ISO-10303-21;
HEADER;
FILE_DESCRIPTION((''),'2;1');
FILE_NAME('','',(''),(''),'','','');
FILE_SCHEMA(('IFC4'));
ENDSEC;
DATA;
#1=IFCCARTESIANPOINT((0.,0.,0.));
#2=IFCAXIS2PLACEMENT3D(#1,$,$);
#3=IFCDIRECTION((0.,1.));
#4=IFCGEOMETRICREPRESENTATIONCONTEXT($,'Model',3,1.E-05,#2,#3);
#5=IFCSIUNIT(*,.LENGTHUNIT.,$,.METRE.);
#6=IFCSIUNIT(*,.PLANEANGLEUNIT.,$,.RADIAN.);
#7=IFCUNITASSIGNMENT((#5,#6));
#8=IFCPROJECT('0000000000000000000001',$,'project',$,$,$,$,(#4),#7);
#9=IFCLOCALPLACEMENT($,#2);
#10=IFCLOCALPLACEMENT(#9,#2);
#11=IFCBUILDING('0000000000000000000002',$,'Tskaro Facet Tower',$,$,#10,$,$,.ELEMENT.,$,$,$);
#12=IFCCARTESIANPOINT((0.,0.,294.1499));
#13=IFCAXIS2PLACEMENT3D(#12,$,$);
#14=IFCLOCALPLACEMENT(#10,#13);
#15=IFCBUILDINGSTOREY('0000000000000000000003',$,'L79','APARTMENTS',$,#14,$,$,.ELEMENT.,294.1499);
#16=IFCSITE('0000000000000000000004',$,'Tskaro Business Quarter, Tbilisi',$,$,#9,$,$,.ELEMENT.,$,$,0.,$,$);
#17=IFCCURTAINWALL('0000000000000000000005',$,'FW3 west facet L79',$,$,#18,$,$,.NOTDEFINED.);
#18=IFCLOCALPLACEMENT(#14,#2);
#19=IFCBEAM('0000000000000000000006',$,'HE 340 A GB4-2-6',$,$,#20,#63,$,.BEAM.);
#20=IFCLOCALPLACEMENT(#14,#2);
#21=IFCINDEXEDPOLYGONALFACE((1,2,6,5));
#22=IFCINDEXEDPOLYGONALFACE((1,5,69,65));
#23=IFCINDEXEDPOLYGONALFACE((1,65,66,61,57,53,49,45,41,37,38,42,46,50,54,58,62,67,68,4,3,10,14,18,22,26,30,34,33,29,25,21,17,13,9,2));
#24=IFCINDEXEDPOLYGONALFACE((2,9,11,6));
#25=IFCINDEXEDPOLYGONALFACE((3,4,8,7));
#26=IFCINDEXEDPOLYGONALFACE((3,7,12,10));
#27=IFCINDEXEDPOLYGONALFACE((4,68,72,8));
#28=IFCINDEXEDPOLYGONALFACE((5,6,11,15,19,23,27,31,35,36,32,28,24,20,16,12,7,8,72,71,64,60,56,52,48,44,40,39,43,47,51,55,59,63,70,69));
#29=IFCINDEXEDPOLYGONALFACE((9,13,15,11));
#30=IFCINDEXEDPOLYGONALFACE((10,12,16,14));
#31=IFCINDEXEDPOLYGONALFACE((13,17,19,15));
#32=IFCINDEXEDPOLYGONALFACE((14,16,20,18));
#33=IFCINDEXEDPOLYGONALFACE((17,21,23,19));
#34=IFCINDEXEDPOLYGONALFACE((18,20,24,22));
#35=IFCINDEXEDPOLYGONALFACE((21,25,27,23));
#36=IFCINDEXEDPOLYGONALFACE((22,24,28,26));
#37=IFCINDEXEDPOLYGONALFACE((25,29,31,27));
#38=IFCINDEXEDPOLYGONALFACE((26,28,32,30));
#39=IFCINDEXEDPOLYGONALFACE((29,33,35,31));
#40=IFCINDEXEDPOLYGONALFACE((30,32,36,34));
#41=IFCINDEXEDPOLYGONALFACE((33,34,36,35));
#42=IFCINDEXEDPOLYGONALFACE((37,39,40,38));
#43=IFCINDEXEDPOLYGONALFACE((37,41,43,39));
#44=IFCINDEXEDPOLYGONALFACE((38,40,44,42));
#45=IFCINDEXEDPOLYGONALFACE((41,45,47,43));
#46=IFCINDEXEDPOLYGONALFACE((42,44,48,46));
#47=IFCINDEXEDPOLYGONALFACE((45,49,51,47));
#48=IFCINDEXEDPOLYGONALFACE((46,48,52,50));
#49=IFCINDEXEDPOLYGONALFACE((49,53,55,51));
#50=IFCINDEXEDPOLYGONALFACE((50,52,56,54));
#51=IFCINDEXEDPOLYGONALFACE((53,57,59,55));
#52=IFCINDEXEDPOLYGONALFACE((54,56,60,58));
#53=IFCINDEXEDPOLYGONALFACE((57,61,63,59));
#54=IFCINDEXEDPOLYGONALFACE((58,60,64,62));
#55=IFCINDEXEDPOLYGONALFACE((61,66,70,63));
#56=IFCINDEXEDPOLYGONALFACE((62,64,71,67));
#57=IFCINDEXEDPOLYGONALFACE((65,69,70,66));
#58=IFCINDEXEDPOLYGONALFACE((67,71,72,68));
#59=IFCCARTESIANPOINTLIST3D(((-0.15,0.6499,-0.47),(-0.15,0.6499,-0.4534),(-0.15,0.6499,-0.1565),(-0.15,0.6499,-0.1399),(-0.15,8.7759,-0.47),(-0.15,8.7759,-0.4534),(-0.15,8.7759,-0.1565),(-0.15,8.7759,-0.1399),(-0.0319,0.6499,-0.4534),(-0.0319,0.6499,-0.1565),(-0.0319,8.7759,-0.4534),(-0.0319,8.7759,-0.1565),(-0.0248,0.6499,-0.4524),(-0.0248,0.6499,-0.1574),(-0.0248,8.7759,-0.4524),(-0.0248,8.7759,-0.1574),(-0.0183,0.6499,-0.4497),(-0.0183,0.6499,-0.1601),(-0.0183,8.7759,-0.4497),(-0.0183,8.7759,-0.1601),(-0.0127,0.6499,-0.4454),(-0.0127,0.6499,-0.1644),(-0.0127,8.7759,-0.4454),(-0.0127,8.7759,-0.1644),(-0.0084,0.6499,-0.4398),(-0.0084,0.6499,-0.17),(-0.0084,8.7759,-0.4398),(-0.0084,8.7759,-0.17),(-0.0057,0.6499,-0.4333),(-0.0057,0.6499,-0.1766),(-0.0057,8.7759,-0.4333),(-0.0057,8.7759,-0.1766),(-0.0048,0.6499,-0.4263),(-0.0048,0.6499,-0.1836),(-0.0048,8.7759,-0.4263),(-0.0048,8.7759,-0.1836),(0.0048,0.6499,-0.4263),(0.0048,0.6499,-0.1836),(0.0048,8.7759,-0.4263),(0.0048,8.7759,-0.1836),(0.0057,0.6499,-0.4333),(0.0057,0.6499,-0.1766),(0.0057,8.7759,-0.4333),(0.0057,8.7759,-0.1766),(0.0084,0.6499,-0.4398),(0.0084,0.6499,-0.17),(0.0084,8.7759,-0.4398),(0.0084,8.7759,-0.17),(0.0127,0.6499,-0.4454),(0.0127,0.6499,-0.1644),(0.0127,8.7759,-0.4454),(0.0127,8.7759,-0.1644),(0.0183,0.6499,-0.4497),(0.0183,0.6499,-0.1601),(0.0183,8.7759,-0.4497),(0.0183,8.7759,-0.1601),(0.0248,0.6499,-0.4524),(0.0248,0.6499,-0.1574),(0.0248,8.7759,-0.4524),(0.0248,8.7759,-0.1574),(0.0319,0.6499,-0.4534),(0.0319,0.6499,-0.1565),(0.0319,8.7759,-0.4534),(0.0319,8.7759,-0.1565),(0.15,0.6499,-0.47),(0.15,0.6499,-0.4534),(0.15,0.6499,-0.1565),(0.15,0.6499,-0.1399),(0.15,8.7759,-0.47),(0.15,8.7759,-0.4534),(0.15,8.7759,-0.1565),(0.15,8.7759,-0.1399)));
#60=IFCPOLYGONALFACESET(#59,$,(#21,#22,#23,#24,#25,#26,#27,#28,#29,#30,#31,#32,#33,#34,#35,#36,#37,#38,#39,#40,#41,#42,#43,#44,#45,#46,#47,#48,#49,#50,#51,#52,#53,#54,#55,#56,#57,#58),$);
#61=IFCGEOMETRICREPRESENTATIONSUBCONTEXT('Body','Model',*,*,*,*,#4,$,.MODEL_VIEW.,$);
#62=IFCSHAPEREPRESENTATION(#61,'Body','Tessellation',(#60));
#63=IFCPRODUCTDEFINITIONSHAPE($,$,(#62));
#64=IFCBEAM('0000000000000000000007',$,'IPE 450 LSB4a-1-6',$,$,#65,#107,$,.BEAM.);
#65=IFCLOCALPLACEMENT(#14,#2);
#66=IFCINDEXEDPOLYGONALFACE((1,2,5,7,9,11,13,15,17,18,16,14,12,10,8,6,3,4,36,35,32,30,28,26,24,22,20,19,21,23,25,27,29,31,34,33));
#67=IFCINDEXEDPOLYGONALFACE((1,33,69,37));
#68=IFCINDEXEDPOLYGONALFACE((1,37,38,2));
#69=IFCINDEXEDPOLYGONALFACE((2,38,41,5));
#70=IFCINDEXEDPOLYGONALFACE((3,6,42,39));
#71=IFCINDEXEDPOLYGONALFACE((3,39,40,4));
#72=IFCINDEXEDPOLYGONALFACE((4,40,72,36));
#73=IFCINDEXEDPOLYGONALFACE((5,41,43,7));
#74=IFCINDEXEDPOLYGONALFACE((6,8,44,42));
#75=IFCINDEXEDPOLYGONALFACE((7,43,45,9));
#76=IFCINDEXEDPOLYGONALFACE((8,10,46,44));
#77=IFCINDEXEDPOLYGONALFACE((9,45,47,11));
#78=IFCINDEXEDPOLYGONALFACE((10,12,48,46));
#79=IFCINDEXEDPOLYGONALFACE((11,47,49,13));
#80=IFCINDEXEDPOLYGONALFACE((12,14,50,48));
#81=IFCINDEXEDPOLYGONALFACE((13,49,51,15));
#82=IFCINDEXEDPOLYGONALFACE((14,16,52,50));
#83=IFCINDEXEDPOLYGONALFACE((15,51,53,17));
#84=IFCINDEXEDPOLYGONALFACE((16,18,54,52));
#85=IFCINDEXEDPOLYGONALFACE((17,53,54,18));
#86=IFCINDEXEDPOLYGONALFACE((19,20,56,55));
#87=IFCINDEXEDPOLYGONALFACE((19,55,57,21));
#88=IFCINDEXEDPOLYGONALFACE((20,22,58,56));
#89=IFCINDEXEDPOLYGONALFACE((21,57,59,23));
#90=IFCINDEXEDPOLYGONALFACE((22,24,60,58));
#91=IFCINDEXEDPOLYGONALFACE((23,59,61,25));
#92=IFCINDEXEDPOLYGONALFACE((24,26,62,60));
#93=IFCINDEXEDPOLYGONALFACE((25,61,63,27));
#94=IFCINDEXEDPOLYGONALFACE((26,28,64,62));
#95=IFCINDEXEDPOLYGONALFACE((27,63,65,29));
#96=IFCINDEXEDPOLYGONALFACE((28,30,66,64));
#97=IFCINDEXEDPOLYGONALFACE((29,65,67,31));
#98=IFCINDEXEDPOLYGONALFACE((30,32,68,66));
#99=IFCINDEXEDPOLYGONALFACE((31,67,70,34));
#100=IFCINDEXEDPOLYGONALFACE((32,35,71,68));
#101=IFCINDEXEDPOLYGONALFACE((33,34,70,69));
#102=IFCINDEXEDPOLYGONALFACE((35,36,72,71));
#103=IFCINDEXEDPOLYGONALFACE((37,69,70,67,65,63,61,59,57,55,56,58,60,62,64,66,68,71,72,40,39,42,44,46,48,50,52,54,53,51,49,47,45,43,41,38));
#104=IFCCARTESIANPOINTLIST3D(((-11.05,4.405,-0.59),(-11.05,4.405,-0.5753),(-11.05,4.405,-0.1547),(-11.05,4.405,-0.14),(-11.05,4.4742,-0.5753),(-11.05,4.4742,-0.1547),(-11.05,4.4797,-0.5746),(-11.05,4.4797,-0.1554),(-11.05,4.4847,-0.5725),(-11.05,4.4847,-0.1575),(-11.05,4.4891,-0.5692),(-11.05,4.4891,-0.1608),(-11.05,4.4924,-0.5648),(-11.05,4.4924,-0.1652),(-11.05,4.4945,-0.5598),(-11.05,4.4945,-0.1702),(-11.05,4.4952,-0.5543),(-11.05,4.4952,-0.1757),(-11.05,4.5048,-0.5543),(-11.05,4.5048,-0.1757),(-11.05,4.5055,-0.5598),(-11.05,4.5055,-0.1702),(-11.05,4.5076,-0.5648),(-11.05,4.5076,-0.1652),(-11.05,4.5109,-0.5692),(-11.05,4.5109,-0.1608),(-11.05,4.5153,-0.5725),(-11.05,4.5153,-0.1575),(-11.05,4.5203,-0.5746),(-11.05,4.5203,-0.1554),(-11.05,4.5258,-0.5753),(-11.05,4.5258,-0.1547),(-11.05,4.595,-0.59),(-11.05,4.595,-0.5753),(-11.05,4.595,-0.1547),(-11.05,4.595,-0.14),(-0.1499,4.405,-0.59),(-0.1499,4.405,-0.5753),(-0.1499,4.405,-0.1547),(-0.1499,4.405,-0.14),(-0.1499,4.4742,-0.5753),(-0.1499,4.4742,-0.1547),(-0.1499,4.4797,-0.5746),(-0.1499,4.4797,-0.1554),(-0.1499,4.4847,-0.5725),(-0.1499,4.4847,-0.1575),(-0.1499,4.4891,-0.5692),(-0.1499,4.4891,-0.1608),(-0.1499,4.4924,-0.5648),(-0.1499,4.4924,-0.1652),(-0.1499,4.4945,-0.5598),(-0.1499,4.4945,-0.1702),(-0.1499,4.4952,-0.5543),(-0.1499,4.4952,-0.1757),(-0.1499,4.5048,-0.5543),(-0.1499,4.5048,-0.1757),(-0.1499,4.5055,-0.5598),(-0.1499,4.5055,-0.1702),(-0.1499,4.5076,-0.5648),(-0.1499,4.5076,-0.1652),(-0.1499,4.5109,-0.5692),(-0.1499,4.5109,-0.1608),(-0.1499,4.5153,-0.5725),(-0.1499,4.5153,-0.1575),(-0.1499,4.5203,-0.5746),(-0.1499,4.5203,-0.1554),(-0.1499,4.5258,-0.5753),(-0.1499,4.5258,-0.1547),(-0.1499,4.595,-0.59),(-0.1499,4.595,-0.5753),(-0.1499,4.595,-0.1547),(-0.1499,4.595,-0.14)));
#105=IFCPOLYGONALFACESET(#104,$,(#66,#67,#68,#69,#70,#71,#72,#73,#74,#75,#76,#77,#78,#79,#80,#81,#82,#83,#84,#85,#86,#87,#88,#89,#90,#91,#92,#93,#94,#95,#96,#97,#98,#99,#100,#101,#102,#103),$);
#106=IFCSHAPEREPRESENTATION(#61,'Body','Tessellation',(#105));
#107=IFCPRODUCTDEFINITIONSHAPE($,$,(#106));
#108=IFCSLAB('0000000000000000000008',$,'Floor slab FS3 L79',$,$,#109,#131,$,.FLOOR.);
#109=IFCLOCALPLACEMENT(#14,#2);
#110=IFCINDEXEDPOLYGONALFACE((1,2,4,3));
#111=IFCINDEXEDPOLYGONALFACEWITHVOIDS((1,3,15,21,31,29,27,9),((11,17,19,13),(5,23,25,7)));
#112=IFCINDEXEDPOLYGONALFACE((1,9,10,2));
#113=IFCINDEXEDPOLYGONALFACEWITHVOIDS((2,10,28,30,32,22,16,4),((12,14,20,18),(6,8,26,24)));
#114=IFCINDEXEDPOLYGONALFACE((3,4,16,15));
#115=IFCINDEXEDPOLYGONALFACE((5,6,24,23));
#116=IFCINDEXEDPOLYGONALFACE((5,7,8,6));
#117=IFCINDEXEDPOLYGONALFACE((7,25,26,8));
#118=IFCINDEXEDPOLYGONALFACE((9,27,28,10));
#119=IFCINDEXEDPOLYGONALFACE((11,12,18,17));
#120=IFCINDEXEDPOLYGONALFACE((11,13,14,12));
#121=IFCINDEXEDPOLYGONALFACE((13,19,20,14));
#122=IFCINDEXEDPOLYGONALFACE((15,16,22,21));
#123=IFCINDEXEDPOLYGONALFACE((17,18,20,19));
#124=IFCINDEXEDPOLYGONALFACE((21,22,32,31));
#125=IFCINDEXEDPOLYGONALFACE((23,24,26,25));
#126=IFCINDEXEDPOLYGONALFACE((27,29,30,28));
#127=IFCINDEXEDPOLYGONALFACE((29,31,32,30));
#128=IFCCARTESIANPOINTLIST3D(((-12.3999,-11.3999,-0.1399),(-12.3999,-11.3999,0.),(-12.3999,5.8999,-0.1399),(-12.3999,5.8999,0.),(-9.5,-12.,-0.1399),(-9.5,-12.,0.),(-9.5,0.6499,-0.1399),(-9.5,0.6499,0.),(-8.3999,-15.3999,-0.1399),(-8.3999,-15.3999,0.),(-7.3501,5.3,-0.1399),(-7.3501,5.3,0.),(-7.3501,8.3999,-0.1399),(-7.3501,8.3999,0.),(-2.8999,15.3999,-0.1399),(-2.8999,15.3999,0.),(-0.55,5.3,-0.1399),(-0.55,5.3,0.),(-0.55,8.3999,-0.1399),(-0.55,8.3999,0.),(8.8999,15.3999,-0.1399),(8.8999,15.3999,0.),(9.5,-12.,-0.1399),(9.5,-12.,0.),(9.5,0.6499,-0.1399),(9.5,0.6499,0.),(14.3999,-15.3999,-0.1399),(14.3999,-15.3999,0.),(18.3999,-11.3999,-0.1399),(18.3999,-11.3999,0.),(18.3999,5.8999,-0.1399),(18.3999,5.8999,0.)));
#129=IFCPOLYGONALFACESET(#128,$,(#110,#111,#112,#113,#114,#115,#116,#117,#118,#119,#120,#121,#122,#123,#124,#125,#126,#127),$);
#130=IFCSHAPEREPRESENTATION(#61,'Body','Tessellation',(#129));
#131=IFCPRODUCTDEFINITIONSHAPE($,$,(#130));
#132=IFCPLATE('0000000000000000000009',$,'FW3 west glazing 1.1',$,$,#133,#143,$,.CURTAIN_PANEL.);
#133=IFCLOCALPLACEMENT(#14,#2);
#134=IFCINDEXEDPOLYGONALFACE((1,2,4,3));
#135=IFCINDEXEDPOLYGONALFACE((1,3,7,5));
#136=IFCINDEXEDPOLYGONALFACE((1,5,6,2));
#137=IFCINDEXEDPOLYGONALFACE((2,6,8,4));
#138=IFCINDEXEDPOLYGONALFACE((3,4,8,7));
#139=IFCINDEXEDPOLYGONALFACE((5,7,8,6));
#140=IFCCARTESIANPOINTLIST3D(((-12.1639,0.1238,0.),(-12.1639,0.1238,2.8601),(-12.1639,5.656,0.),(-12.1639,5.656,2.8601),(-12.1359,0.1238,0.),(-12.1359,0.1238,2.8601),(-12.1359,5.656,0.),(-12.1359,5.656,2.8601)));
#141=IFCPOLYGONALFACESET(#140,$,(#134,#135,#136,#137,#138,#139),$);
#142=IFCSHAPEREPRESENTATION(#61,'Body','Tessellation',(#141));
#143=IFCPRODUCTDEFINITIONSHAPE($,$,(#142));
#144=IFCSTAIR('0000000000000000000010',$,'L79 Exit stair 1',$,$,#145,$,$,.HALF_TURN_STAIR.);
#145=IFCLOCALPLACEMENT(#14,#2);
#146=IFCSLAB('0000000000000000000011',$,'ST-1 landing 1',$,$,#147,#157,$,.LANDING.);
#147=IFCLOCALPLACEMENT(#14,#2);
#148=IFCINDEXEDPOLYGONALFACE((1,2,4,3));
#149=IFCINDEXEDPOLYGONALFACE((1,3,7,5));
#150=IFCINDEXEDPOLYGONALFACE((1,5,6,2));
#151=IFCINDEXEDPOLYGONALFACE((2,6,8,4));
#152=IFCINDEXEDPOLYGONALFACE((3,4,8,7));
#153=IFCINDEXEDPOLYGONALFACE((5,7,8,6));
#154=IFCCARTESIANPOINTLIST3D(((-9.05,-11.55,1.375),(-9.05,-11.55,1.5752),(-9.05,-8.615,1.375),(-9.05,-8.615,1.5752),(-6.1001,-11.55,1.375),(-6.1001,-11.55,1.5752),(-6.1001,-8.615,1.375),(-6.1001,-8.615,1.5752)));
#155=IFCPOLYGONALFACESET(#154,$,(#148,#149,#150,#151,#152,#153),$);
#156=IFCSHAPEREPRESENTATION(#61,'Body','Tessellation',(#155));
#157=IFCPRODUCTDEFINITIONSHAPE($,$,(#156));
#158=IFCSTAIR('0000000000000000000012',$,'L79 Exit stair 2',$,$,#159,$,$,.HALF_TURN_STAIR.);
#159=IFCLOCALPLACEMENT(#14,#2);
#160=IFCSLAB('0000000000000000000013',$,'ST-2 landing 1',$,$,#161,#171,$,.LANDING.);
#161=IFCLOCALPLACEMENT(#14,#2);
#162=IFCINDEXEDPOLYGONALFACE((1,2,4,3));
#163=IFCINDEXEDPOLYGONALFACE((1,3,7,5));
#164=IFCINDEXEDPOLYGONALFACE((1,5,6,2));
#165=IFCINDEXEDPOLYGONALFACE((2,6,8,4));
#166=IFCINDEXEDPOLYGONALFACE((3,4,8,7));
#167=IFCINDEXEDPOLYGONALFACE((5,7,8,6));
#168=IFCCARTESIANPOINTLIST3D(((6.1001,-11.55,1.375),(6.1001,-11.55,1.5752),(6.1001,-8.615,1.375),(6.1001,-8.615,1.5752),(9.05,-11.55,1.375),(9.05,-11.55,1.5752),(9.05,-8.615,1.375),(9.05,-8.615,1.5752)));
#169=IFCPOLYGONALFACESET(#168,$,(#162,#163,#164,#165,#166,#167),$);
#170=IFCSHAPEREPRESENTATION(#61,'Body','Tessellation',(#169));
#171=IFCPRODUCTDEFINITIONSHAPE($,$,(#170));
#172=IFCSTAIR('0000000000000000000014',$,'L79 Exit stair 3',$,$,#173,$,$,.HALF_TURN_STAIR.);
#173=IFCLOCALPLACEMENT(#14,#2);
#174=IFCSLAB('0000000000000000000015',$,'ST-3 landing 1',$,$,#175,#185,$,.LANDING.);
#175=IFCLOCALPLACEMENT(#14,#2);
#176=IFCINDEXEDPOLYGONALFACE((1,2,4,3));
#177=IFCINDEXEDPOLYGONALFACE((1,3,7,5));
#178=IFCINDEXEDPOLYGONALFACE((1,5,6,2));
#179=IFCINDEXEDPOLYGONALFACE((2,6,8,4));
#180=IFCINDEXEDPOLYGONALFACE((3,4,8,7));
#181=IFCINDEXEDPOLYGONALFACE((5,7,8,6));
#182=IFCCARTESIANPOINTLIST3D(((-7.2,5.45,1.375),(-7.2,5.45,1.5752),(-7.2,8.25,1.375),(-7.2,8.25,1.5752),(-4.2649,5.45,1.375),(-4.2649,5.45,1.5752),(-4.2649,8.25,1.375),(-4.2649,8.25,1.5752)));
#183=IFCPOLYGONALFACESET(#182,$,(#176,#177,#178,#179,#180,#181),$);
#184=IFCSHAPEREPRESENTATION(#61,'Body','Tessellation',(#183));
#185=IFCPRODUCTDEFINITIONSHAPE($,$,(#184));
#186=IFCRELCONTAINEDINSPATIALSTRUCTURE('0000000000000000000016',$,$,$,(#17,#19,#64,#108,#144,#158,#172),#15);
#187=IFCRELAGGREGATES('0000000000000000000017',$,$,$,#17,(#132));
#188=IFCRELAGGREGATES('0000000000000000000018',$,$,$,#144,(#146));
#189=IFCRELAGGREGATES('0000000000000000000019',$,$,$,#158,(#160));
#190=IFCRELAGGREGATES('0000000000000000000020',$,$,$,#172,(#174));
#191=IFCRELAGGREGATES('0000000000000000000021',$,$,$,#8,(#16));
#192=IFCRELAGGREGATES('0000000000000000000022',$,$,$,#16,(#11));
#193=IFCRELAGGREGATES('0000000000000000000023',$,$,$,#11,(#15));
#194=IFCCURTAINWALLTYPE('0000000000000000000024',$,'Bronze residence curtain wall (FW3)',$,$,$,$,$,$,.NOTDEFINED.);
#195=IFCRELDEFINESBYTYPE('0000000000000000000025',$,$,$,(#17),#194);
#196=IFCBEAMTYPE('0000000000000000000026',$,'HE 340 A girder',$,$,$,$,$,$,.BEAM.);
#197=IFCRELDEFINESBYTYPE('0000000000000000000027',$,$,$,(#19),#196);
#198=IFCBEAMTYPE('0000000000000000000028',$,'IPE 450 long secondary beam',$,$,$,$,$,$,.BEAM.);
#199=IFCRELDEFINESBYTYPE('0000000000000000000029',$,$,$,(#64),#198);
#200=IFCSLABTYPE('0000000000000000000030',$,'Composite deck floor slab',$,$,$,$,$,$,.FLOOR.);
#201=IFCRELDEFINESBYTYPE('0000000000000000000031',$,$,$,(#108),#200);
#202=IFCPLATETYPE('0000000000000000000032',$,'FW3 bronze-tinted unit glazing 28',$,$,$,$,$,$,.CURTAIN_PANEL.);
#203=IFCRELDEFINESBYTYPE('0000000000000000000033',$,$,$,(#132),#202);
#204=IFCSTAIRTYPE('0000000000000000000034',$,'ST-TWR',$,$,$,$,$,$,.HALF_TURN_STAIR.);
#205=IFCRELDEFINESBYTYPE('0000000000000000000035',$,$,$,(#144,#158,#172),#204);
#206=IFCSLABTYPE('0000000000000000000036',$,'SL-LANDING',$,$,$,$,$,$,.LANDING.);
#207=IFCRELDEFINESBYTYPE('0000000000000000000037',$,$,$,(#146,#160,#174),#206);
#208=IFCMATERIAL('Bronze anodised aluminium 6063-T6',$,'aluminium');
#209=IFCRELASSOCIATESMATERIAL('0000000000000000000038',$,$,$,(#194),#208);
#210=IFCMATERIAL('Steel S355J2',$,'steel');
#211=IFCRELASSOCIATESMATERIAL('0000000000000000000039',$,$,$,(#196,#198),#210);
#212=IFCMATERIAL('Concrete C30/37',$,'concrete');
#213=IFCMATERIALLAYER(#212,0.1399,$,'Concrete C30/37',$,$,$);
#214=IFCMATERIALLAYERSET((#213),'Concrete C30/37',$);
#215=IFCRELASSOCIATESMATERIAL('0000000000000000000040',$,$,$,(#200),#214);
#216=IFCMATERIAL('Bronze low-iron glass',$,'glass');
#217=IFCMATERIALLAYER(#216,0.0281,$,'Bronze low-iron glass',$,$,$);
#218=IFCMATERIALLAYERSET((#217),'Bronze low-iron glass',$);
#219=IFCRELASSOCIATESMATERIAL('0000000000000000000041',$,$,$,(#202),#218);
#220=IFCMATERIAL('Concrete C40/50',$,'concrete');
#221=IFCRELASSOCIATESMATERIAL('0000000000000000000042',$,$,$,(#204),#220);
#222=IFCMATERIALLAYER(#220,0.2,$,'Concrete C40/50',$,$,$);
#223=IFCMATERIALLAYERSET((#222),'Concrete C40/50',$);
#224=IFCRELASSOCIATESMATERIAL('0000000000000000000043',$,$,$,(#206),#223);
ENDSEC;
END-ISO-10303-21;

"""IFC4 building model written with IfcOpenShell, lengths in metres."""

from ifc_helpers import new_model, si_unit, direction, frame, origin, origin_2d, place, context, subcontext, project, spatial, polyline, rectangle, i_section, outline, extrude, material, layer, layer_set, material_profile, profile_set, type_object, element, aggregate, save


model = new_model("IFC4")

# Units and contexts
model_context = context("Model", 3, precision=1e-05, world=origin(), true_north=direction((0.0, 1.0)))
body_context = subcontext(model_context, "Body", "Model", "MODEL_VIEW")
ifc_project = project(units=[si_unit("LENGTHUNIT", "METRE"), si_unit("PLANEANGLEUNIT", "RADIAN")], contexts=[model_context])

# Site, building, storey
site_placement = place(None, origin())
site = spatial("IfcSite", under=ifc_project, at=site_placement, Name="Tskaro Business Quarter, Tbilisi", CompositionType="ELEMENT", RefElevation=0.0)
building_placement = place(site_placement, origin())
building = spatial("IfcBuilding", under=site, at=building_placement, Name="Tskaro Facet Tower", CompositionType="ELEMENT")
storey_placement = place(building_placement, frame((0.0, 0.0, 294.1499)))
storey = spatial("IfcBuildingStorey", under=building, at=storey_placement, Name="L79", Description="APARTMENTS", CompositionType="ELEMENT", Elevation=294.1499)

# Curtain wall
ifc_material_1 = material(Name="Bronze anodised aluminium 6063-T6", Category="aluminium")
curtain_wall_type = type_object("IfcCurtainWallType", Name="Bronze residence curtain wall (FW3)", PredefinedType="NOTDEFINED", material=ifc_material_1)
curtain_wall_placement = place(storey_placement, origin())
curtain_wall = element("IfcCurtainWall", 1, at=curtain_wall_placement, inside=storey, type_object=curtain_wall_type, Name="FW3 west facet L79", PredefinedType="NOTDEFINED")

# Beams
ifc_material_2 = material(Name="Steel S355J2", Category="steel")
ifc_material_profile_1 = material_profile(ifc_material_2, i_section(OverallWidth=0.3, OverallDepth=0.3301, WebThickness=0.0095, FlangeThickness=0.0166, FilletRadius=0.0271, at=origin_2d()), Name="HE 340 A")
ifc_profile_set_1 = profile_set([ifc_material_profile_1], Name="Steel S355J2")
beam_type_1 = type_object("IfcBeamType", Name="HE 340 A girder", PredefinedType="BEAM", material=ifc_profile_set_1)
beam_1_placement = place(storey_placement, frame((0.0, 0.6499, -0.3049), z_axis=(0.0, 1.0, 0.0), x_axis=(-1.0, 0.0, 0.0)))
element("IfcBeam", 2, at=beam_1_placement, inside=storey, type_object=beam_type_1, Name="HE 340 A GB4-2-6", PredefinedType="BEAM", context=body_context, shape_type="SweptSolid", body=[
    extrude(i_section(OverallWidth=0.3, OverallDepth=0.3301, WebThickness=0.0095, FlangeThickness=0.0166, FilletRadius=0.0271, at=origin_2d()), origin(), (0.0, 0.0, 1.0), 8.126),
])
ifc_material_profile_2 = material_profile(ifc_material_2, i_section(OverallWidth=0.1899, OverallDepth=0.45, WebThickness=0.0095, FlangeThickness=0.0146, FilletRadius=0.021, at=origin_2d()), Name="IPE 450")
ifc_profile_set_2 = profile_set([ifc_material_profile_2], Name="Steel S355J2")
beam_type_2 = type_object("IfcBeamType", Name="IPE 450 long secondary beam", PredefinedType="BEAM", material=ifc_profile_set_2)
beam_2_placement = place(storey_placement, frame((-11.05, 4.5, -0.365), z_axis=(1.0, 0.0, 0.0), x_axis=(0.0, 1.0, 0.0)))
element("IfcBeam", 3, at=beam_2_placement, inside=storey, type_object=beam_type_2, Name="IPE 450 LSB4a-1-6", PredefinedType="BEAM", context=body_context, shape_type="SweptSolid", body=[
    extrude(i_section(OverallWidth=0.1899, OverallDepth=0.45, WebThickness=0.0095, FlangeThickness=0.0146, FilletRadius=0.021, at=origin_2d()), origin(), (0.0, 0.0, 1.0), 10.9001),
])

# Slab
ifc_material_3 = material(Name="Concrete C30/37", Category="concrete")
ifc_layer_1 = layer(ifc_material_3, 0.1399, Name="Concrete C30/37")
ifc_layer_set_1 = layer_set([ifc_layer_1], Name="Concrete C30/37")
slab_type_1 = type_object("IfcSlabType", Name="Composite deck floor slab", PredefinedType="FLOOR", material=ifc_layer_set_1)
slab_1_placement = place(storey_placement, frame((0.0, 0.0, -0.1399)))
element("IfcSlab", 4, at=slab_1_placement, inside=storey, type_object=slab_type_1, Name="Floor slab FS3 L79", PredefinedType="FLOOR", context=body_context, shape_type="SweptSolid", body=[
    extrude(outline(polyline([(-8.3999, -15.3999), (14.3999, -15.3999), (18.3999, -11.3999), (18.3999, 5.8999), (8.8999, 15.3999), (-2.8999, 15.3999), (-12.3999, 5.8999), (-12.3999, -11.3999), (-8.3999, -15.3999)]), holes=[polyline([(-9.5, -12.0), (9.5, -12.0), (9.5, 0.6499), (-9.5, 0.6499), (-9.5, -12.0)]), polyline([(-7.3501, 5.3), (-0.55, 5.3), (-0.55, 8.3999), (-7.3501, 8.3999), (-7.3501, 5.3)])]), origin(), (0.0, 0.0, 1.0), 0.1399),
])

# Plate
ifc_material_4 = material(Name="Bronze low-iron glass", Category="glass")
ifc_layer_2 = layer(ifc_material_4, 0.0281, Name="Bronze low-iron glass")
ifc_layer_set_2 = layer_set([ifc_layer_2], Name="Bronze low-iron glass")
plate_type = type_object("IfcPlateType", Name="FW3 bronze-tinted unit glazing 28", PredefinedType="CURTAIN_PANEL", material=ifc_layer_set_2)
plate_placement = place(storey_placement, frame((-12.1499, 2.8899, 0.0), z_axis=(0.0, 0.0, 1.0), x_axis=(0.0, -1.0, 0.0)))
plate = element("IfcPlate", 5, at=plate_placement, type_object=plate_type, Name="FW3 west glazing 1.1", PredefinedType="CURTAIN_PANEL", context=body_context, shape_type="SweptSolid", body=[
    extrude(rectangle(XDim=5.5322, YDim=0.0281, at=origin_2d()), origin(), (0.0, 0.0, 1.0), 2.8601),
])
aggregate(curtain_wall, [plate])

# Stairs, slabs
ifc_material_5 = material(Name="Concrete C40/50", Category="concrete")
stair_type = type_object("IfcStairType", Name="ST-TWR", PredefinedType="HALF_TURN_STAIR", material=ifc_material_5)
stair_1_placement = place(storey_placement, origin())
stair_1 = element("IfcStair", 6, at=stair_1_placement, inside=storey, type_object=stair_type, Name="L79 Exit stair 1", PredefinedType="HALF_TURN_STAIR")
ifc_layer_3 = layer(ifc_material_5, 0.2, Name="Concrete C40/50")
ifc_layer_set_3 = layer_set([ifc_layer_3], Name="Concrete C40/50")
slab_type_2 = type_object("IfcSlabType", Name="SL-LANDING", PredefinedType="LANDING", material=ifc_layer_set_3)
slab_2_placement = place(storey_placement, frame((0.0, 0.0, 1.375)))
slab_2 = element("IfcSlab", 7, at=slab_2_placement, type_object=slab_type_2, Name="ST-1 landing 1", PredefinedType="LANDING", context=body_context, shape_type="SweptSolid", body=[
    extrude(outline(polyline([(-9.05, -11.55), (-6.1001, -11.55), (-6.1001, -8.615), (-9.05, -8.615), (-9.05, -11.55)])), origin(), (0.0, 0.0, 1.0), 0.2002),
])
aggregate(stair_1, [slab_2])
stair_2_placement = place(storey_placement, origin())
stair_2 = element("IfcStair", 8, at=stair_2_placement, inside=storey, type_object=stair_type, Name="L79 Exit stair 2", PredefinedType="HALF_TURN_STAIR")
slab_3_placement = place(storey_placement, frame((0.0, 0.0, 1.375)))
slab_3 = element("IfcSlab", 9, at=slab_3_placement, type_object=slab_type_2, Name="ST-2 landing 1", PredefinedType="LANDING", context=body_context, shape_type="SweptSolid", body=[
    extrude(outline(polyline([(6.1001, -11.55), (9.05, -11.55), (9.05, -8.615), (6.1001, -8.615), (6.1001, -11.55)])), origin(), (0.0, 0.0, 1.0), 0.2002),
])
aggregate(stair_2, [slab_3])
stair_3_placement = place(storey_placement, origin())
stair_3 = element("IfcStair", 10, at=stair_3_placement, inside=storey, type_object=stair_type, Name="L79 Exit stair 3", PredefinedType="HALF_TURN_STAIR")
slab_4_placement = place(storey_placement, frame((0.0, 0.0, 1.375)))
slab_4 = element("IfcSlab", 11, at=slab_4_placement, type_object=slab_type_2, Name="ST-3 landing 1", PredefinedType="LANDING", context=body_context, shape_type="SweptSolid", body=[
    extrude(outline(polyline([(-7.2, 5.45), (-4.2649, 5.45), (-4.2649, 8.25), (-7.2, 8.25), (-7.2, 5.45)])), origin(), (0.0, 0.0, 1.0), 0.2002),
])
aggregate(stair_3, [slab_4])

save(model, "model.ifc")
